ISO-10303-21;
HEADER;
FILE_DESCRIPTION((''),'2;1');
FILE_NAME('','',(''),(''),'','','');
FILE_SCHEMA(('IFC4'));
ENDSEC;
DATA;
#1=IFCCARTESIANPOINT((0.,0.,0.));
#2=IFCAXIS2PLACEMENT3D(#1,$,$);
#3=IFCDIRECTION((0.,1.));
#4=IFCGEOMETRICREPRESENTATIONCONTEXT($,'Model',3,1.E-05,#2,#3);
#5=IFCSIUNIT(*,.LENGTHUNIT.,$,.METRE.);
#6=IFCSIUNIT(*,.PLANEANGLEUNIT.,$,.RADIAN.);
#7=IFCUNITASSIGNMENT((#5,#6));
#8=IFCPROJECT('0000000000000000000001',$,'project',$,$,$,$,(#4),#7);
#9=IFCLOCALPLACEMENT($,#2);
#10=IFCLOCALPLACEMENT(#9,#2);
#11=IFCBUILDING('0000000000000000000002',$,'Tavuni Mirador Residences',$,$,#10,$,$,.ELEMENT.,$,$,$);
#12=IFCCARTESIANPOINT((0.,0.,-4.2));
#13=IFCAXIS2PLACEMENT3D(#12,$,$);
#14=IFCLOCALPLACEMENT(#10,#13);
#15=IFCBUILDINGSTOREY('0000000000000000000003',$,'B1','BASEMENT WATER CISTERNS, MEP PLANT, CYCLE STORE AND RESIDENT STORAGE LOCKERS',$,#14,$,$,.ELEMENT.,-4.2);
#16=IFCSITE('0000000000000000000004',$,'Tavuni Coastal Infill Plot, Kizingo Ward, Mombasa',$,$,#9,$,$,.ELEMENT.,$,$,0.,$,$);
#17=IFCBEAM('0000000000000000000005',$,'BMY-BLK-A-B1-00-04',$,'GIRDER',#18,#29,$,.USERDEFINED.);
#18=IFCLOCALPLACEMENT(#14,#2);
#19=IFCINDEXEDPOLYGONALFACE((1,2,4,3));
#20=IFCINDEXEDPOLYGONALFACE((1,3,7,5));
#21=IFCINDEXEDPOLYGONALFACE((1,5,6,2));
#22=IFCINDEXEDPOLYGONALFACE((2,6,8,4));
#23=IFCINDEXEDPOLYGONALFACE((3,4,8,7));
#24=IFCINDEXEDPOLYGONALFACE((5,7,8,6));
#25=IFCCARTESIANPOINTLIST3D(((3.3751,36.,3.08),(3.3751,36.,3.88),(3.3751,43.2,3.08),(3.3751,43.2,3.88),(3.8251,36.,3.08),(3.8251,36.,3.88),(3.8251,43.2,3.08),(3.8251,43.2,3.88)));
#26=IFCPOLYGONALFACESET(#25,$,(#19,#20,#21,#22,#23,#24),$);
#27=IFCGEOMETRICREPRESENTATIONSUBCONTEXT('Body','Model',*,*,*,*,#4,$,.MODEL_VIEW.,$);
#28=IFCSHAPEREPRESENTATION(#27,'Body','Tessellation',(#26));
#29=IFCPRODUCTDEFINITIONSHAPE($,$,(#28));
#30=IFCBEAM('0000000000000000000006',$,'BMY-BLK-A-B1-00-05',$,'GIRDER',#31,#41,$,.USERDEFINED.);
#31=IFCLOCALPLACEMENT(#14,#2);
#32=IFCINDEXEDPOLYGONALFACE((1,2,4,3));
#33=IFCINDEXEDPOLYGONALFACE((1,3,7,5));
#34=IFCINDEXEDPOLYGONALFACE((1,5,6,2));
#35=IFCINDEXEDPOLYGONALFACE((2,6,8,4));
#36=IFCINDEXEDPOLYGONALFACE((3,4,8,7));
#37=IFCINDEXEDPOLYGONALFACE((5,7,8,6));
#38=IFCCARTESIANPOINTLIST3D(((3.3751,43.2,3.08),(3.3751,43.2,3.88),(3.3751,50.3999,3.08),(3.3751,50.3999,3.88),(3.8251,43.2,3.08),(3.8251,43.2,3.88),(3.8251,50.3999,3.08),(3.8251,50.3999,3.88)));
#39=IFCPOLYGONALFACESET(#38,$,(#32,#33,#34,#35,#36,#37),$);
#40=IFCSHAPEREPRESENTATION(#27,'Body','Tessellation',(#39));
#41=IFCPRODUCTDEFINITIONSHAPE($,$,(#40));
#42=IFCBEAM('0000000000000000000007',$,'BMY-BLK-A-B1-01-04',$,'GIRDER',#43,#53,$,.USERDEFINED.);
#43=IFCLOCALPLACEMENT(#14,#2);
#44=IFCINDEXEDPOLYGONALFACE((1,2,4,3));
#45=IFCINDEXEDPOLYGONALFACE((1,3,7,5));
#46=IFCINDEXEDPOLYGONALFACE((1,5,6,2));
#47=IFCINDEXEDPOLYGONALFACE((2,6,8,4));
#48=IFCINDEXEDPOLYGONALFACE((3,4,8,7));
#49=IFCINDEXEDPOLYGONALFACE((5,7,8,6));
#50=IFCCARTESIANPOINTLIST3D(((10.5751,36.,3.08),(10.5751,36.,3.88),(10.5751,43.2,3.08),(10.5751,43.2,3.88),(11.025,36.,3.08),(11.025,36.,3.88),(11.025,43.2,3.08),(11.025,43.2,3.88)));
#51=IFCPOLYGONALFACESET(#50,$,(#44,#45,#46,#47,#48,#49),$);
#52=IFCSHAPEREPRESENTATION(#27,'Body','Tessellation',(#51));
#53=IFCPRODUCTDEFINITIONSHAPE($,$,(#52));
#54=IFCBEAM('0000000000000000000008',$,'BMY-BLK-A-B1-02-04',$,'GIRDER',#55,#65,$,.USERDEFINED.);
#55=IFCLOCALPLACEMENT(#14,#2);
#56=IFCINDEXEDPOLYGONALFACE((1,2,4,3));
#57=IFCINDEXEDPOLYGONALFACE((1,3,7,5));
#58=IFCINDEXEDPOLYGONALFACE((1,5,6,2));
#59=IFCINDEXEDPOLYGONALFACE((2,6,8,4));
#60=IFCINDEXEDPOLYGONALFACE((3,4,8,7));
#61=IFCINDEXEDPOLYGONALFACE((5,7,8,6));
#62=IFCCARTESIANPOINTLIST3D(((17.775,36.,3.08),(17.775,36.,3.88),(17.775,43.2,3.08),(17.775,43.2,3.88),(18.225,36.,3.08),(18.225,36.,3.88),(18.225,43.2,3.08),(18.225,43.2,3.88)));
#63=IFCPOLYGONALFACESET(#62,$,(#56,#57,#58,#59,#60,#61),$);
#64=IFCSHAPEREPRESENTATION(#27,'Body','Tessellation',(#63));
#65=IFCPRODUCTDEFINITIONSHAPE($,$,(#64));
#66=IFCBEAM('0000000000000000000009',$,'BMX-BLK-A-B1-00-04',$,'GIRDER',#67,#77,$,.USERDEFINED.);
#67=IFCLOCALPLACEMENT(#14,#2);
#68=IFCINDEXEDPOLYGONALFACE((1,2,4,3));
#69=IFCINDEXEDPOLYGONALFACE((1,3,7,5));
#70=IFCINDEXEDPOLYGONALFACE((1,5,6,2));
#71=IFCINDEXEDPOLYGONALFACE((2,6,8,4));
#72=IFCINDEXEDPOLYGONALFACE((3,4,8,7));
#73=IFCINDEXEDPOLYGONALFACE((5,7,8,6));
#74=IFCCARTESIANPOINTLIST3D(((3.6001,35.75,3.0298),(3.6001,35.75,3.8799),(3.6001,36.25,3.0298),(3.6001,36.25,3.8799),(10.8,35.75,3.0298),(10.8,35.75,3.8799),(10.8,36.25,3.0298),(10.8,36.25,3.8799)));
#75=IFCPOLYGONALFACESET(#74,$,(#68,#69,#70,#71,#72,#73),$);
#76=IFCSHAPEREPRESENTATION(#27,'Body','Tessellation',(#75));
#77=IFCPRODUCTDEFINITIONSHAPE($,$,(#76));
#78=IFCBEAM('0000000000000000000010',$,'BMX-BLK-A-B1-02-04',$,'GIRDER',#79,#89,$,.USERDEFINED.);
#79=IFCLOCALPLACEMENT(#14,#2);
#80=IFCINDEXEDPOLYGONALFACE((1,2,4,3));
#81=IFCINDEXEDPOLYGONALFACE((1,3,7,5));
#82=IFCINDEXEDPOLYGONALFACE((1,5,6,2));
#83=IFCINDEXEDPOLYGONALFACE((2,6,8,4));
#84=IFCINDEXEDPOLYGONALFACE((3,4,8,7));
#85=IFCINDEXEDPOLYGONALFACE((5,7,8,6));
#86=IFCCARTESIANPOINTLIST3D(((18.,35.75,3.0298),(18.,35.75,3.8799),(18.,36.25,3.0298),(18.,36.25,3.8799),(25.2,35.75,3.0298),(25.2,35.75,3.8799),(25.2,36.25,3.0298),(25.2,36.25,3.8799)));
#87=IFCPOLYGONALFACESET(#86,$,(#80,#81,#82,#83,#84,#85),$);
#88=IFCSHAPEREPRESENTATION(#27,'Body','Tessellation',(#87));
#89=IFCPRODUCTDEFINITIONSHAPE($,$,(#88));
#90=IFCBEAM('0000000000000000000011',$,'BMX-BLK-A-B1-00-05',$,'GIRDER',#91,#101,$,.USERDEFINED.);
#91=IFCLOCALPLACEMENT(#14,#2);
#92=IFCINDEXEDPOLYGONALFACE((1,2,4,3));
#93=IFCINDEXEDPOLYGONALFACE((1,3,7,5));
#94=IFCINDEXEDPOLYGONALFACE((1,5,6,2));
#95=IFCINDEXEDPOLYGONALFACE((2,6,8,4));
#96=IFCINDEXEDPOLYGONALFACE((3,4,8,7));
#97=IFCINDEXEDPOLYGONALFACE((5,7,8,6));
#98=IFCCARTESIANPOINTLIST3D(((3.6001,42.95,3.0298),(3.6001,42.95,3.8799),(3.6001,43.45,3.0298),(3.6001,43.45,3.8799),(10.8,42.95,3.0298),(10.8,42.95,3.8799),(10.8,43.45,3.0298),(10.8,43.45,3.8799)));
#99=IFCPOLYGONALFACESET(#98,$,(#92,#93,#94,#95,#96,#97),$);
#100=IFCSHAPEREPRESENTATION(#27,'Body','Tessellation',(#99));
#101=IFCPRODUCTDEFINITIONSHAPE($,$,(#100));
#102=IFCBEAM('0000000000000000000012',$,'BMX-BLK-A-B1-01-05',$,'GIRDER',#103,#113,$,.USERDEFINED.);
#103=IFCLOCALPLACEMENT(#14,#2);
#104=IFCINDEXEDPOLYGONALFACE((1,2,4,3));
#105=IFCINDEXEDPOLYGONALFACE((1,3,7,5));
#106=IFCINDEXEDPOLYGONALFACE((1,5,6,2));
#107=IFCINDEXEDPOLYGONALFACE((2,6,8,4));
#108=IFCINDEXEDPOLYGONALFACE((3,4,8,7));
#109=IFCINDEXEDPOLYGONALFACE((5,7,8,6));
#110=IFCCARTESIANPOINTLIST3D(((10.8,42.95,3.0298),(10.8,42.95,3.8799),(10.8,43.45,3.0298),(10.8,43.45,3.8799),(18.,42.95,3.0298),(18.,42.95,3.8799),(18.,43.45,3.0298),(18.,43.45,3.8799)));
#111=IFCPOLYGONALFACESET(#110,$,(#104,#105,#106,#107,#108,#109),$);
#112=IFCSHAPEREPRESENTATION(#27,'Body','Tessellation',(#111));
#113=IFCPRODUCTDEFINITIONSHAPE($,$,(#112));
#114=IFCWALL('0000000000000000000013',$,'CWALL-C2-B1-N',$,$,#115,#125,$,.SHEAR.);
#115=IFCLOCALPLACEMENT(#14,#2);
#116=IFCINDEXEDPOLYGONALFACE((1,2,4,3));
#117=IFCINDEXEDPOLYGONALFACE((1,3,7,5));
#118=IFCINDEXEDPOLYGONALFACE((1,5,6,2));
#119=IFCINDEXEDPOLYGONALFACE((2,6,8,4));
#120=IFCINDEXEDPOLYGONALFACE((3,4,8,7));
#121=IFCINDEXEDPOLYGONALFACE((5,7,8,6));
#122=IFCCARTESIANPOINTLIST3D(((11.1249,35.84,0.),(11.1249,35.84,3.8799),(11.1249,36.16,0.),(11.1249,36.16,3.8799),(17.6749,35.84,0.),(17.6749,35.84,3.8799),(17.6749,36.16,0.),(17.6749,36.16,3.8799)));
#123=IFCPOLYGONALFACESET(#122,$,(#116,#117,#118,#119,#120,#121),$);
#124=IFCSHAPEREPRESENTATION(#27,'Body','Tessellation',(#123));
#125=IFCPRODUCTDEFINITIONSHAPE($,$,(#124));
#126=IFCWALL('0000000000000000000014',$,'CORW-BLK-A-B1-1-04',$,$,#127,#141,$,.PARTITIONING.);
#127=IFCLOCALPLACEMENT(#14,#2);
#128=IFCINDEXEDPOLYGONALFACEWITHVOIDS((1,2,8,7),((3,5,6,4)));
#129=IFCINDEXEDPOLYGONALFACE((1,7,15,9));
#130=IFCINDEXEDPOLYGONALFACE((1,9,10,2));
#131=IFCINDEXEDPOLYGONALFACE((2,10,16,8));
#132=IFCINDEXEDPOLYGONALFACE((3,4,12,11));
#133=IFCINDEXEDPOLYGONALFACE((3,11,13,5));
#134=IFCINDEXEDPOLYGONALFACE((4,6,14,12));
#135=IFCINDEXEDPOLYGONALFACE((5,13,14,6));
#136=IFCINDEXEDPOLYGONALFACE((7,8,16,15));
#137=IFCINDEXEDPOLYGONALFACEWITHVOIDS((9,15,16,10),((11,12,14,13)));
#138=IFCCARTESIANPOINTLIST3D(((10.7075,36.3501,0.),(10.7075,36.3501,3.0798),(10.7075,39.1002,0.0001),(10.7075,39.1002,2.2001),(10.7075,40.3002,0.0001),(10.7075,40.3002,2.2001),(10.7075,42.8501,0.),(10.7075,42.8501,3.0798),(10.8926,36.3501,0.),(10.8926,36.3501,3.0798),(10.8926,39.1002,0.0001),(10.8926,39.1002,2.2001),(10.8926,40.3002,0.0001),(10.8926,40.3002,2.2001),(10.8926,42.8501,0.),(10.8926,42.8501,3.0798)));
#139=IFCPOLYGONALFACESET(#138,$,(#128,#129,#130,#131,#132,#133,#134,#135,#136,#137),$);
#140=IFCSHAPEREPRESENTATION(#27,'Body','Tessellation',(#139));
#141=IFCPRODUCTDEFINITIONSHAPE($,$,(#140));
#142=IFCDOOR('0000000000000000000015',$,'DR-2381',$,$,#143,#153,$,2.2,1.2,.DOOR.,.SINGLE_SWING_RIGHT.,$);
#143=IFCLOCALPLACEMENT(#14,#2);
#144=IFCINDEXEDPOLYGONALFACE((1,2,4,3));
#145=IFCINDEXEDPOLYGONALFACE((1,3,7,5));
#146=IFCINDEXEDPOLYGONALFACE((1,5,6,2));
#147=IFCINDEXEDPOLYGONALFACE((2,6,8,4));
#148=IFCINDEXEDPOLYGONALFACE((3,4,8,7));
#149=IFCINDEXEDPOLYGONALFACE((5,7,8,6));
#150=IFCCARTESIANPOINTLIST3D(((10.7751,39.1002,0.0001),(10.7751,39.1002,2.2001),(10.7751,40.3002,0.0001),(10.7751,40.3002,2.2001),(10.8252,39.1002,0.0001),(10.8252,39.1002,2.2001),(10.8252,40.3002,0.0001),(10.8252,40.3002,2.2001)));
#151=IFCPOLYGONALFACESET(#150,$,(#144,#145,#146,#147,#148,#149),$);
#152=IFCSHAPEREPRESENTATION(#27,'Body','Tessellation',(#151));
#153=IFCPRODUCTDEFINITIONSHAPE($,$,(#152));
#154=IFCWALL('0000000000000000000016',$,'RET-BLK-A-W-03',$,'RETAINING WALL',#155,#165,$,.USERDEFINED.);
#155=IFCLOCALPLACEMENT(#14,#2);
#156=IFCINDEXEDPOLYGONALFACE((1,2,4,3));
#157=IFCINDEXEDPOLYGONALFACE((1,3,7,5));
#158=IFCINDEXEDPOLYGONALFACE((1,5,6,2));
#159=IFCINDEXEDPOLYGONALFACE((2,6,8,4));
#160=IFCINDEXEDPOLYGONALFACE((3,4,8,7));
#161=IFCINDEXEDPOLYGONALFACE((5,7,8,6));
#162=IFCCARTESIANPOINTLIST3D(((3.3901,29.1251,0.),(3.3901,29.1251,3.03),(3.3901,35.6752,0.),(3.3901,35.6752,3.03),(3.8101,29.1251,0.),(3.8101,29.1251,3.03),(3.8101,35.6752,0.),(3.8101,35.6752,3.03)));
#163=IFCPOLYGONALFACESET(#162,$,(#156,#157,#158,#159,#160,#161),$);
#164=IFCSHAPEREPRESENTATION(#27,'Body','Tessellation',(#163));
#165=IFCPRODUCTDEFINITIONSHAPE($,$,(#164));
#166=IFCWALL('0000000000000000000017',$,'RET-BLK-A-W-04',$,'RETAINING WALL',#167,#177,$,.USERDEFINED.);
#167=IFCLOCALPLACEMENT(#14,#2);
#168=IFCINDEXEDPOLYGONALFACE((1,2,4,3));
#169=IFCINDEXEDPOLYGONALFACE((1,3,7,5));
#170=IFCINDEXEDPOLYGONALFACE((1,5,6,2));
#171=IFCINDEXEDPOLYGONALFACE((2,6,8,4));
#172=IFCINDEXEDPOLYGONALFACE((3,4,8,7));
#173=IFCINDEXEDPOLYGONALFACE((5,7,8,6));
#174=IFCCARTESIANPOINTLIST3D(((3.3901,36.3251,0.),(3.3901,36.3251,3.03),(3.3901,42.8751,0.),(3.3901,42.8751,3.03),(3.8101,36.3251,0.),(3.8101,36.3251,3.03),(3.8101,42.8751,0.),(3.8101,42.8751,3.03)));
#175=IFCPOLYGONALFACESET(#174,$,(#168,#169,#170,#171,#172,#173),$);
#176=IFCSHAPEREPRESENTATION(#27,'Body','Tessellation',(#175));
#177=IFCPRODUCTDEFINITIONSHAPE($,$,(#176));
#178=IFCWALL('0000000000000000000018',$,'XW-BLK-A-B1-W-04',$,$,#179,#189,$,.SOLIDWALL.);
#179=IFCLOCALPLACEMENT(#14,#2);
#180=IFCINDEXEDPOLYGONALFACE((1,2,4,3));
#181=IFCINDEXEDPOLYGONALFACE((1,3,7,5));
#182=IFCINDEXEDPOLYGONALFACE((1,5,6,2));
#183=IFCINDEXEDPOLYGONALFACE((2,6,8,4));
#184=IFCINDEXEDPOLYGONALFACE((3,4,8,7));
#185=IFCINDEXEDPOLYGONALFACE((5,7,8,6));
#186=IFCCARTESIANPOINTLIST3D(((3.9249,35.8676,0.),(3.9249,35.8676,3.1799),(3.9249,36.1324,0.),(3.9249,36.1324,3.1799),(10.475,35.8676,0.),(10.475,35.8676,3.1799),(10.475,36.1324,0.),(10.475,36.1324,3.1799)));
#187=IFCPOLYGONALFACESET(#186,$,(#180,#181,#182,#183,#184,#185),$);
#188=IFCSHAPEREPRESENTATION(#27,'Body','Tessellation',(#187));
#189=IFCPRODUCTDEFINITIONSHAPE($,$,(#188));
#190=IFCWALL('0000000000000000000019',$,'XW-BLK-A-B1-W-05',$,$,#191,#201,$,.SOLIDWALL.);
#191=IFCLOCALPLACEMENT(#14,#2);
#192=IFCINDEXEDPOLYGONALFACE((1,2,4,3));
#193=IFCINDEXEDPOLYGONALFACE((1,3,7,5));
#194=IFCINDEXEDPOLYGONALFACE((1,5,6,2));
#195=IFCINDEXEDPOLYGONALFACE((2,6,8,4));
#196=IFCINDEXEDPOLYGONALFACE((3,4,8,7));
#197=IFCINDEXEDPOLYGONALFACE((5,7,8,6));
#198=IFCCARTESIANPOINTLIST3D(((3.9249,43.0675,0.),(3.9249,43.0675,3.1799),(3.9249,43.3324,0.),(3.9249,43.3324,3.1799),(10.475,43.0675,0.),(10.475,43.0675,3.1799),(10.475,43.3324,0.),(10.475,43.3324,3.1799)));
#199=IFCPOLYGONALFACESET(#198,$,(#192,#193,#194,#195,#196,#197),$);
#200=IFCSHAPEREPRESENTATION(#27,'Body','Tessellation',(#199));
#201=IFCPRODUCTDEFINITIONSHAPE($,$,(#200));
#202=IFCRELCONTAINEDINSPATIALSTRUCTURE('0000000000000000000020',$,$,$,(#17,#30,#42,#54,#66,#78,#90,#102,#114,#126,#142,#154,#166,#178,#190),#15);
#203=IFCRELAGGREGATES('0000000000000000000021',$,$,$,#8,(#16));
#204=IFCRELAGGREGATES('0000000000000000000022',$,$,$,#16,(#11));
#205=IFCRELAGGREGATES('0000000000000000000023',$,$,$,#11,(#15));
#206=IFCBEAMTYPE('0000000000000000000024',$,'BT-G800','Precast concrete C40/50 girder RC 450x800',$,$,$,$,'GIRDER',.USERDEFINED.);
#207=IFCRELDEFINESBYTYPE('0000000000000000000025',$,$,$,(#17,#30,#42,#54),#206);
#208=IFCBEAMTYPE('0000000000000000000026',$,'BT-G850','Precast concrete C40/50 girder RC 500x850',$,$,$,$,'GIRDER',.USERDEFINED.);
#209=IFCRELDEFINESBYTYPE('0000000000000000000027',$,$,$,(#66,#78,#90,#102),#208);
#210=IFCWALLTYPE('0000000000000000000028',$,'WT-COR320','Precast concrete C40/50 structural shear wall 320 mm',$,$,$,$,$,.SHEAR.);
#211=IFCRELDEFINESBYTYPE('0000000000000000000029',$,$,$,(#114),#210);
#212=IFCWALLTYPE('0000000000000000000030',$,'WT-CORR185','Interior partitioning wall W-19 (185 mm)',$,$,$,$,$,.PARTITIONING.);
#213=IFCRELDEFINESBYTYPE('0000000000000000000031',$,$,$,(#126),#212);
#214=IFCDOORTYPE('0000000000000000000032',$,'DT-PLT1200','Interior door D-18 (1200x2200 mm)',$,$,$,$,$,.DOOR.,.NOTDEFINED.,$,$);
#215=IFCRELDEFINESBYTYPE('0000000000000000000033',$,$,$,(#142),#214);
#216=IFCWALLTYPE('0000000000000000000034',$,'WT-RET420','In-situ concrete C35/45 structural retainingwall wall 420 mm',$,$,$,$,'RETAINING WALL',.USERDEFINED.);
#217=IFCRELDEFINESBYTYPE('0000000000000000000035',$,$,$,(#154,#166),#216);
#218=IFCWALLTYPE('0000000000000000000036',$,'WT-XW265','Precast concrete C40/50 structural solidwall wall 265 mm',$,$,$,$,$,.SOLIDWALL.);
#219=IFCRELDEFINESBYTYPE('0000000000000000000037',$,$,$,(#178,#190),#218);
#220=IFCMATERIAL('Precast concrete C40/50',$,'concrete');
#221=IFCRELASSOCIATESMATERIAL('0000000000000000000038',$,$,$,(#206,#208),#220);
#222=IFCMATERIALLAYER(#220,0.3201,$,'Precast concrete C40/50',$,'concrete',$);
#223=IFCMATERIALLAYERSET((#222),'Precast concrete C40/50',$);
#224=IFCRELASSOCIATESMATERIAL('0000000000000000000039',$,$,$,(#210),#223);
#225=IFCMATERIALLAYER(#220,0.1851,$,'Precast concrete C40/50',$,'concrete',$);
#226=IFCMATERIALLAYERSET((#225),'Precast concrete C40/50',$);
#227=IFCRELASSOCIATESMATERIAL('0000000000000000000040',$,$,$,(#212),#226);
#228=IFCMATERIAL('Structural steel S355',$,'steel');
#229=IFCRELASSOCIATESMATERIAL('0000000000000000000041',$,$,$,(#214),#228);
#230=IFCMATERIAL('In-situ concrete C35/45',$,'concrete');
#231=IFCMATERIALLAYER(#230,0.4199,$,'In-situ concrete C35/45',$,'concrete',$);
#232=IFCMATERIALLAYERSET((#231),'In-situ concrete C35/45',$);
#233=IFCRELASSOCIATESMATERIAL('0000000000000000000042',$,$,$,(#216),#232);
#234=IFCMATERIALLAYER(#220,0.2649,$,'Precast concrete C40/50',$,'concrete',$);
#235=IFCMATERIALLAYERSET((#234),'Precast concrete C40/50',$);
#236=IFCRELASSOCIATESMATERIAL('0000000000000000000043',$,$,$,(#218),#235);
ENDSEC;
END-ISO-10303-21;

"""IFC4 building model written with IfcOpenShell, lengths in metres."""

from ifc_helpers import new_model, si_unit, direction, frame, frame_2d, origin, origin_2d, place, context, subcontext, project, spatial, rectangle, extrude, material, layer, layer_set, material_profile, profile_set, type_object, element, fill, save


model = new_model("IFC4")

# Units and contexts
model_context = context("Model", 3, precision=1e-05, world=origin(), true_north=direction((0.0, 1.0)))
body_context = subcontext(model_context, "Body", "Model", "MODEL_VIEW")
ifc_project = project(units=[si_unit("LENGTHUNIT", "METRE"), si_unit("PLANEANGLEUNIT", "RADIAN")], contexts=[model_context])

# Site, building, storey
site_placement = place(None, origin())
site = spatial("IfcSite", under=ifc_project, at=site_placement, Name="Tavuni Coastal Infill Plot, Kizingo Ward, Mombasa", CompositionType="ELEMENT", RefElevation=0.0)
building_placement = place(site_placement, origin())
building = spatial("IfcBuilding", under=site, at=building_placement, Name="Tavuni Mirador Residences", CompositionType="ELEMENT")
storey_placement = place(building_placement, frame((0.0, 0.0, -4.2)))
storey = spatial("IfcBuildingStorey", under=building, at=storey_placement, Name="B1", Description="BASEMENT WATER CISTERNS, MEP PLANT, CYCLE STORE AND RESIDENT STORAGE LOCKERS", CompositionType="ELEMENT", Elevation=-4.2)

# Shared definitions
ifc_material_1 = material(Name="In-situ concrete C35/45", Category="concrete")

# Beams
ifc_material_2 = material(Name="Precast concrete C40/50", Category="concrete")
ifc_material_profile_1 = material_profile(ifc_material_2, rectangle(XDim=0.45, YDim=0.8, at=origin_2d()), Name="RC 450x800", Category="concrete")
ifc_profile_set_1 = profile_set([ifc_material_profile_1], Name="Precast concrete C40/50")
beam_type_1 = type_object("IfcBeamType", Name="BT-G800", Description="Precast concrete C40/50 girder RC 450x800", ElementType="GIRDER", PredefinedType="USERDEFINED", material=ifc_profile_set_1)
for number, where, z_axis, x_axis, name in (
    (1, (3.6001, 36.0, 3.48), (0.0, 1.0, 0.0), (-1.0, 0.0, 0.0), "BMY-BLK-A-B1-00-04"),
    (2, (3.6001, 43.2, 3.48), (0.0, 1.0, 0.0), (-1.0, 0.0, 0.0), "BMY-BLK-A-B1-00-05"),
    (3, (10.8, 36.0, 3.48), (0.0, 1.0, 0.0), (-1.0, 0.0, 0.0), "BMY-BLK-A-B1-01-04"),
    (4, (18.0, 36.0, 3.48), (0.0, 1.0, 0.0), (-1.0, 0.0, 0.0), "BMY-BLK-A-B1-02-04"),
):
    element("IfcBeam", number, at=place(storey_placement, frame(where, z_axis=z_axis, x_axis=x_axis)), inside=storey, type_object=beam_type_1, Name=name, ObjectType="GIRDER", PredefinedType="USERDEFINED", context=body_context, shape_type="SweptSolid", body=[
        extrude(rectangle(XDim=0.45, YDim=0.8, at=origin_2d()), origin(), (0.0, 0.0, 1.0), 7.2),
    ])
ifc_material_profile_2 = material_profile(ifc_material_2, rectangle(XDim=0.5, YDim=0.8501, at=origin_2d()), Name="RC 500x850", Category="concrete")
ifc_profile_set_2 = profile_set([ifc_material_profile_2], Name="Precast concrete C40/50")
beam_type_2 = type_object("IfcBeamType", Name="BT-G850", Description="Precast concrete C40/50 girder RC 500x850", ElementType="GIRDER", PredefinedType="USERDEFINED", material=ifc_profile_set_2)
for number, where, z_axis, x_axis, name in (
    (5, (3.6001, 36.0, 3.4548), (1.0, 0.0, 0.0), (0.0, 1.0, 0.0), "BMX-BLK-A-B1-00-04"),
    (6, (18.0, 36.0, 3.4548), (1.0, 0.0, 0.0), (0.0, 1.0, 0.0), "BMX-BLK-A-B1-02-04"),
    (7, (3.6001, 43.2, 3.4548), (1.0, 0.0, 0.0), (0.0, 1.0, 0.0), "BMX-BLK-A-B1-00-05"),
    (8, (10.8, 43.2, 3.4548), (1.0, 0.0, 0.0), (0.0, 1.0, 0.0), "BMX-BLK-A-B1-01-05"),
):
    element("IfcBeam", number, at=place(storey_placement, frame(where, z_axis=z_axis, x_axis=x_axis)), inside=storey, type_object=beam_type_2, Name=name, ObjectType="GIRDER", PredefinedType="USERDEFINED", context=body_context, shape_type="SweptSolid", body=[
        extrude(rectangle(XDim=0.5, YDim=0.8501, at=origin_2d()), origin(), (0.0, 0.0, 1.0), 7.2),
    ])

# Wall
ifc_layer_1 = layer(ifc_material_2, 0.3201, Name="Precast concrete C40/50", Category="concrete")
ifc_layer_set_1 = layer_set([ifc_layer_1], Name="Precast concrete C40/50")
wall_type_1 = type_object("IfcWallType", Name="WT-COR320", Description="Precast concrete C40/50 structural shear wall 320 mm", PredefinedType="SHEAR", material=ifc_layer_set_1)
wall_1_placement = place(storey_placement, frame((11.125, 36.0, 0.0), z_axis=(0.0, 0.0, 1.0), x_axis=(1.0, 0.0, 0.0)))
element("IfcWall", 9, at=wall_1_placement, inside=storey, type_object=wall_type_1, Name="CWALL-C2-B1-N", PredefinedType="SHEAR", context=body_context, shape_type="SweptSolid", body=[
    extrude(rectangle(XDim=6.55, YDim=0.3201, at=frame_2d((3.2749, 0.0))), origin(), (0.0, 0.0, 1.0), 3.8799),
])

# Wall, opening, door
ifc_layer_2 = layer(ifc_material_2, 0.1851, Name="Precast concrete C40/50", Category="concrete")
ifc_layer_set_2 = layer_set([ifc_layer_2], Name="Precast concrete C40/50")
wall_type_2 = type_object("IfcWallType", Name="WT-CORR185", Description="Interior partitioning wall W-19 (185 mm)", PredefinedType="PARTITIONING", material=ifc_layer_set_2)
wall_2_placement = place(storey_placement, frame((10.8, 36.3501, 0.0), z_axis=(0.0, 0.0, 1.0), x_axis=(0.0, 1.0, 0.0)))
wall_2 = element("IfcWall", 10, at=wall_2_placement, inside=storey, type_object=wall_type_2, Name="CORW-BLK-A-B1-1-04", PredefinedType="PARTITIONING", context=body_context, shape_type="SweptSolid", body=[
    extrude(rectangle(XDim=6.5, YDim=0.1851, at=frame_2d((3.25, 0.0))), origin(), (0.0, 0.0, 1.0), 3.0798),
])
opening_placement = place(wall_2_placement, frame((2.75, 0.0, 0.0)))
opening = element("IfcOpeningElement", 11, at=opening_placement, cuts=wall_2, PredefinedType="OPENING", context=body_context, shape_type="SweptSolid", body=[
    extrude(rectangle(XDim=1.2, YDim=2.2, at=frame_2d((0.6001, 1.1001))), frame((0.0, 0.1025, 0.0), z_axis=(0.0, -1.0, 0.0), x_axis=(1.0, 0.0, 0.0)), (0.0, 0.0, 1.0), 0.2051),
])
ifc_material_3 = material(Name="Structural steel S355", Category="steel")
door_type = type_object("IfcDoorType", Name="DT-PLT1200", Description="Interior door D-18 (1200x2200 mm)", OperationType="NOTDEFINED", PredefinedType="DOOR", material=ifc_material_3)
door_placement = place(opening_placement, origin())
door = element("IfcDoor", 12, at=door_placement, inside=storey, type_object=door_type, Name="DR-2381", OperationType="SINGLE_SWING_RIGHT", OverallHeight=2.2, OverallWidth=1.2, PredefinedType="DOOR", context=body_context, shape_type="SweptSolid", body=[
    extrude(rectangle(XDim=1.2, YDim=2.2, at=frame_2d((0.6001, 1.1001))), frame((0.0, 0.0249, 0.0), z_axis=(0.0, -1.0, 0.0), x_axis=(1.0, 0.0, 0.0)), (0.0, 0.0, 1.0), 0.05),
])
fill(opening, door)

# Walls
ifc_layer_3 = layer(ifc_material_1, 0.4199, Name="In-situ concrete C35/45", Category="concrete")
ifc_layer_set_3 = layer_set([ifc_layer_3], Name="In-situ concrete C35/45")
wall_type_3 = type_object("IfcWallType", Name="WT-RET420", Description="In-situ concrete C35/45 structural retainingwall wall 420 mm", ElementType="RETAINING WALL", PredefinedType="USERDEFINED", material=ifc_layer_set_3)
for number, where, z_axis, x_axis, name in (
    (13, (3.6001, 35.675, 0.0), (0.0, 0.0, 1.0), (0.0, -1.0, 0.0), "RET-BLK-A-W-03"),
    (14, (3.6001, 42.875, 0.0), (0.0, 0.0, 1.0), (0.0, -1.0, 0.0), "RET-BLK-A-W-04"),
):
    element("IfcWall", number, at=place(storey_placement, frame(where, z_axis=z_axis, x_axis=x_axis)), inside=storey, type_object=wall_type_3, Name=name, ObjectType="RETAINING WALL", PredefinedType="USERDEFINED", context=body_context, shape_type="SweptSolid", body=[
        extrude(rectangle(XDim=6.55, YDim=0.4199, at=frame_2d((3.2749, 0.0))), origin(), (0.0, 0.0, 1.0), 3.03),
    ])
ifc_layer_4 = layer(ifc_material_2, 0.2649, Name="Precast concrete C40/50", Category="concrete")
ifc_layer_set_4 = layer_set([ifc_layer_4], Name="Precast concrete C40/50")
wall_type_4 = type_object("IfcWallType", Name="WT-XW265", Description="Precast concrete C40/50 structural solidwall wall 265 mm", PredefinedType="SOLIDWALL", material=ifc_layer_set_4)
for number, where, z_axis, x_axis, name in (
    (15, (3.925, 36.0, 0.0), (0.0, 0.0, 1.0), (1.0, 0.0, 0.0), "XW-BLK-A-B1-W-04"),
    (16, (3.925, 43.2, 0.0), (0.0, 0.0, 1.0), (1.0, 0.0, 0.0), "XW-BLK-A-B1-W-05"),
):
    element("IfcWall", number, at=place(storey_placement, frame(where, z_axis=z_axis, x_axis=x_axis)), inside=storey, type_object=wall_type_4, Name=name, PredefinedType="SOLIDWALL", context=body_context, shape_type="SweptSolid", body=[
        extrude(rectangle(XDim=6.55, YDim=0.2649, at=frame_2d((3.2749, 0.0))), origin(), (0.0, 0.0, 1.0), 3.1799),
    ])

save(model, "model.ifc")
